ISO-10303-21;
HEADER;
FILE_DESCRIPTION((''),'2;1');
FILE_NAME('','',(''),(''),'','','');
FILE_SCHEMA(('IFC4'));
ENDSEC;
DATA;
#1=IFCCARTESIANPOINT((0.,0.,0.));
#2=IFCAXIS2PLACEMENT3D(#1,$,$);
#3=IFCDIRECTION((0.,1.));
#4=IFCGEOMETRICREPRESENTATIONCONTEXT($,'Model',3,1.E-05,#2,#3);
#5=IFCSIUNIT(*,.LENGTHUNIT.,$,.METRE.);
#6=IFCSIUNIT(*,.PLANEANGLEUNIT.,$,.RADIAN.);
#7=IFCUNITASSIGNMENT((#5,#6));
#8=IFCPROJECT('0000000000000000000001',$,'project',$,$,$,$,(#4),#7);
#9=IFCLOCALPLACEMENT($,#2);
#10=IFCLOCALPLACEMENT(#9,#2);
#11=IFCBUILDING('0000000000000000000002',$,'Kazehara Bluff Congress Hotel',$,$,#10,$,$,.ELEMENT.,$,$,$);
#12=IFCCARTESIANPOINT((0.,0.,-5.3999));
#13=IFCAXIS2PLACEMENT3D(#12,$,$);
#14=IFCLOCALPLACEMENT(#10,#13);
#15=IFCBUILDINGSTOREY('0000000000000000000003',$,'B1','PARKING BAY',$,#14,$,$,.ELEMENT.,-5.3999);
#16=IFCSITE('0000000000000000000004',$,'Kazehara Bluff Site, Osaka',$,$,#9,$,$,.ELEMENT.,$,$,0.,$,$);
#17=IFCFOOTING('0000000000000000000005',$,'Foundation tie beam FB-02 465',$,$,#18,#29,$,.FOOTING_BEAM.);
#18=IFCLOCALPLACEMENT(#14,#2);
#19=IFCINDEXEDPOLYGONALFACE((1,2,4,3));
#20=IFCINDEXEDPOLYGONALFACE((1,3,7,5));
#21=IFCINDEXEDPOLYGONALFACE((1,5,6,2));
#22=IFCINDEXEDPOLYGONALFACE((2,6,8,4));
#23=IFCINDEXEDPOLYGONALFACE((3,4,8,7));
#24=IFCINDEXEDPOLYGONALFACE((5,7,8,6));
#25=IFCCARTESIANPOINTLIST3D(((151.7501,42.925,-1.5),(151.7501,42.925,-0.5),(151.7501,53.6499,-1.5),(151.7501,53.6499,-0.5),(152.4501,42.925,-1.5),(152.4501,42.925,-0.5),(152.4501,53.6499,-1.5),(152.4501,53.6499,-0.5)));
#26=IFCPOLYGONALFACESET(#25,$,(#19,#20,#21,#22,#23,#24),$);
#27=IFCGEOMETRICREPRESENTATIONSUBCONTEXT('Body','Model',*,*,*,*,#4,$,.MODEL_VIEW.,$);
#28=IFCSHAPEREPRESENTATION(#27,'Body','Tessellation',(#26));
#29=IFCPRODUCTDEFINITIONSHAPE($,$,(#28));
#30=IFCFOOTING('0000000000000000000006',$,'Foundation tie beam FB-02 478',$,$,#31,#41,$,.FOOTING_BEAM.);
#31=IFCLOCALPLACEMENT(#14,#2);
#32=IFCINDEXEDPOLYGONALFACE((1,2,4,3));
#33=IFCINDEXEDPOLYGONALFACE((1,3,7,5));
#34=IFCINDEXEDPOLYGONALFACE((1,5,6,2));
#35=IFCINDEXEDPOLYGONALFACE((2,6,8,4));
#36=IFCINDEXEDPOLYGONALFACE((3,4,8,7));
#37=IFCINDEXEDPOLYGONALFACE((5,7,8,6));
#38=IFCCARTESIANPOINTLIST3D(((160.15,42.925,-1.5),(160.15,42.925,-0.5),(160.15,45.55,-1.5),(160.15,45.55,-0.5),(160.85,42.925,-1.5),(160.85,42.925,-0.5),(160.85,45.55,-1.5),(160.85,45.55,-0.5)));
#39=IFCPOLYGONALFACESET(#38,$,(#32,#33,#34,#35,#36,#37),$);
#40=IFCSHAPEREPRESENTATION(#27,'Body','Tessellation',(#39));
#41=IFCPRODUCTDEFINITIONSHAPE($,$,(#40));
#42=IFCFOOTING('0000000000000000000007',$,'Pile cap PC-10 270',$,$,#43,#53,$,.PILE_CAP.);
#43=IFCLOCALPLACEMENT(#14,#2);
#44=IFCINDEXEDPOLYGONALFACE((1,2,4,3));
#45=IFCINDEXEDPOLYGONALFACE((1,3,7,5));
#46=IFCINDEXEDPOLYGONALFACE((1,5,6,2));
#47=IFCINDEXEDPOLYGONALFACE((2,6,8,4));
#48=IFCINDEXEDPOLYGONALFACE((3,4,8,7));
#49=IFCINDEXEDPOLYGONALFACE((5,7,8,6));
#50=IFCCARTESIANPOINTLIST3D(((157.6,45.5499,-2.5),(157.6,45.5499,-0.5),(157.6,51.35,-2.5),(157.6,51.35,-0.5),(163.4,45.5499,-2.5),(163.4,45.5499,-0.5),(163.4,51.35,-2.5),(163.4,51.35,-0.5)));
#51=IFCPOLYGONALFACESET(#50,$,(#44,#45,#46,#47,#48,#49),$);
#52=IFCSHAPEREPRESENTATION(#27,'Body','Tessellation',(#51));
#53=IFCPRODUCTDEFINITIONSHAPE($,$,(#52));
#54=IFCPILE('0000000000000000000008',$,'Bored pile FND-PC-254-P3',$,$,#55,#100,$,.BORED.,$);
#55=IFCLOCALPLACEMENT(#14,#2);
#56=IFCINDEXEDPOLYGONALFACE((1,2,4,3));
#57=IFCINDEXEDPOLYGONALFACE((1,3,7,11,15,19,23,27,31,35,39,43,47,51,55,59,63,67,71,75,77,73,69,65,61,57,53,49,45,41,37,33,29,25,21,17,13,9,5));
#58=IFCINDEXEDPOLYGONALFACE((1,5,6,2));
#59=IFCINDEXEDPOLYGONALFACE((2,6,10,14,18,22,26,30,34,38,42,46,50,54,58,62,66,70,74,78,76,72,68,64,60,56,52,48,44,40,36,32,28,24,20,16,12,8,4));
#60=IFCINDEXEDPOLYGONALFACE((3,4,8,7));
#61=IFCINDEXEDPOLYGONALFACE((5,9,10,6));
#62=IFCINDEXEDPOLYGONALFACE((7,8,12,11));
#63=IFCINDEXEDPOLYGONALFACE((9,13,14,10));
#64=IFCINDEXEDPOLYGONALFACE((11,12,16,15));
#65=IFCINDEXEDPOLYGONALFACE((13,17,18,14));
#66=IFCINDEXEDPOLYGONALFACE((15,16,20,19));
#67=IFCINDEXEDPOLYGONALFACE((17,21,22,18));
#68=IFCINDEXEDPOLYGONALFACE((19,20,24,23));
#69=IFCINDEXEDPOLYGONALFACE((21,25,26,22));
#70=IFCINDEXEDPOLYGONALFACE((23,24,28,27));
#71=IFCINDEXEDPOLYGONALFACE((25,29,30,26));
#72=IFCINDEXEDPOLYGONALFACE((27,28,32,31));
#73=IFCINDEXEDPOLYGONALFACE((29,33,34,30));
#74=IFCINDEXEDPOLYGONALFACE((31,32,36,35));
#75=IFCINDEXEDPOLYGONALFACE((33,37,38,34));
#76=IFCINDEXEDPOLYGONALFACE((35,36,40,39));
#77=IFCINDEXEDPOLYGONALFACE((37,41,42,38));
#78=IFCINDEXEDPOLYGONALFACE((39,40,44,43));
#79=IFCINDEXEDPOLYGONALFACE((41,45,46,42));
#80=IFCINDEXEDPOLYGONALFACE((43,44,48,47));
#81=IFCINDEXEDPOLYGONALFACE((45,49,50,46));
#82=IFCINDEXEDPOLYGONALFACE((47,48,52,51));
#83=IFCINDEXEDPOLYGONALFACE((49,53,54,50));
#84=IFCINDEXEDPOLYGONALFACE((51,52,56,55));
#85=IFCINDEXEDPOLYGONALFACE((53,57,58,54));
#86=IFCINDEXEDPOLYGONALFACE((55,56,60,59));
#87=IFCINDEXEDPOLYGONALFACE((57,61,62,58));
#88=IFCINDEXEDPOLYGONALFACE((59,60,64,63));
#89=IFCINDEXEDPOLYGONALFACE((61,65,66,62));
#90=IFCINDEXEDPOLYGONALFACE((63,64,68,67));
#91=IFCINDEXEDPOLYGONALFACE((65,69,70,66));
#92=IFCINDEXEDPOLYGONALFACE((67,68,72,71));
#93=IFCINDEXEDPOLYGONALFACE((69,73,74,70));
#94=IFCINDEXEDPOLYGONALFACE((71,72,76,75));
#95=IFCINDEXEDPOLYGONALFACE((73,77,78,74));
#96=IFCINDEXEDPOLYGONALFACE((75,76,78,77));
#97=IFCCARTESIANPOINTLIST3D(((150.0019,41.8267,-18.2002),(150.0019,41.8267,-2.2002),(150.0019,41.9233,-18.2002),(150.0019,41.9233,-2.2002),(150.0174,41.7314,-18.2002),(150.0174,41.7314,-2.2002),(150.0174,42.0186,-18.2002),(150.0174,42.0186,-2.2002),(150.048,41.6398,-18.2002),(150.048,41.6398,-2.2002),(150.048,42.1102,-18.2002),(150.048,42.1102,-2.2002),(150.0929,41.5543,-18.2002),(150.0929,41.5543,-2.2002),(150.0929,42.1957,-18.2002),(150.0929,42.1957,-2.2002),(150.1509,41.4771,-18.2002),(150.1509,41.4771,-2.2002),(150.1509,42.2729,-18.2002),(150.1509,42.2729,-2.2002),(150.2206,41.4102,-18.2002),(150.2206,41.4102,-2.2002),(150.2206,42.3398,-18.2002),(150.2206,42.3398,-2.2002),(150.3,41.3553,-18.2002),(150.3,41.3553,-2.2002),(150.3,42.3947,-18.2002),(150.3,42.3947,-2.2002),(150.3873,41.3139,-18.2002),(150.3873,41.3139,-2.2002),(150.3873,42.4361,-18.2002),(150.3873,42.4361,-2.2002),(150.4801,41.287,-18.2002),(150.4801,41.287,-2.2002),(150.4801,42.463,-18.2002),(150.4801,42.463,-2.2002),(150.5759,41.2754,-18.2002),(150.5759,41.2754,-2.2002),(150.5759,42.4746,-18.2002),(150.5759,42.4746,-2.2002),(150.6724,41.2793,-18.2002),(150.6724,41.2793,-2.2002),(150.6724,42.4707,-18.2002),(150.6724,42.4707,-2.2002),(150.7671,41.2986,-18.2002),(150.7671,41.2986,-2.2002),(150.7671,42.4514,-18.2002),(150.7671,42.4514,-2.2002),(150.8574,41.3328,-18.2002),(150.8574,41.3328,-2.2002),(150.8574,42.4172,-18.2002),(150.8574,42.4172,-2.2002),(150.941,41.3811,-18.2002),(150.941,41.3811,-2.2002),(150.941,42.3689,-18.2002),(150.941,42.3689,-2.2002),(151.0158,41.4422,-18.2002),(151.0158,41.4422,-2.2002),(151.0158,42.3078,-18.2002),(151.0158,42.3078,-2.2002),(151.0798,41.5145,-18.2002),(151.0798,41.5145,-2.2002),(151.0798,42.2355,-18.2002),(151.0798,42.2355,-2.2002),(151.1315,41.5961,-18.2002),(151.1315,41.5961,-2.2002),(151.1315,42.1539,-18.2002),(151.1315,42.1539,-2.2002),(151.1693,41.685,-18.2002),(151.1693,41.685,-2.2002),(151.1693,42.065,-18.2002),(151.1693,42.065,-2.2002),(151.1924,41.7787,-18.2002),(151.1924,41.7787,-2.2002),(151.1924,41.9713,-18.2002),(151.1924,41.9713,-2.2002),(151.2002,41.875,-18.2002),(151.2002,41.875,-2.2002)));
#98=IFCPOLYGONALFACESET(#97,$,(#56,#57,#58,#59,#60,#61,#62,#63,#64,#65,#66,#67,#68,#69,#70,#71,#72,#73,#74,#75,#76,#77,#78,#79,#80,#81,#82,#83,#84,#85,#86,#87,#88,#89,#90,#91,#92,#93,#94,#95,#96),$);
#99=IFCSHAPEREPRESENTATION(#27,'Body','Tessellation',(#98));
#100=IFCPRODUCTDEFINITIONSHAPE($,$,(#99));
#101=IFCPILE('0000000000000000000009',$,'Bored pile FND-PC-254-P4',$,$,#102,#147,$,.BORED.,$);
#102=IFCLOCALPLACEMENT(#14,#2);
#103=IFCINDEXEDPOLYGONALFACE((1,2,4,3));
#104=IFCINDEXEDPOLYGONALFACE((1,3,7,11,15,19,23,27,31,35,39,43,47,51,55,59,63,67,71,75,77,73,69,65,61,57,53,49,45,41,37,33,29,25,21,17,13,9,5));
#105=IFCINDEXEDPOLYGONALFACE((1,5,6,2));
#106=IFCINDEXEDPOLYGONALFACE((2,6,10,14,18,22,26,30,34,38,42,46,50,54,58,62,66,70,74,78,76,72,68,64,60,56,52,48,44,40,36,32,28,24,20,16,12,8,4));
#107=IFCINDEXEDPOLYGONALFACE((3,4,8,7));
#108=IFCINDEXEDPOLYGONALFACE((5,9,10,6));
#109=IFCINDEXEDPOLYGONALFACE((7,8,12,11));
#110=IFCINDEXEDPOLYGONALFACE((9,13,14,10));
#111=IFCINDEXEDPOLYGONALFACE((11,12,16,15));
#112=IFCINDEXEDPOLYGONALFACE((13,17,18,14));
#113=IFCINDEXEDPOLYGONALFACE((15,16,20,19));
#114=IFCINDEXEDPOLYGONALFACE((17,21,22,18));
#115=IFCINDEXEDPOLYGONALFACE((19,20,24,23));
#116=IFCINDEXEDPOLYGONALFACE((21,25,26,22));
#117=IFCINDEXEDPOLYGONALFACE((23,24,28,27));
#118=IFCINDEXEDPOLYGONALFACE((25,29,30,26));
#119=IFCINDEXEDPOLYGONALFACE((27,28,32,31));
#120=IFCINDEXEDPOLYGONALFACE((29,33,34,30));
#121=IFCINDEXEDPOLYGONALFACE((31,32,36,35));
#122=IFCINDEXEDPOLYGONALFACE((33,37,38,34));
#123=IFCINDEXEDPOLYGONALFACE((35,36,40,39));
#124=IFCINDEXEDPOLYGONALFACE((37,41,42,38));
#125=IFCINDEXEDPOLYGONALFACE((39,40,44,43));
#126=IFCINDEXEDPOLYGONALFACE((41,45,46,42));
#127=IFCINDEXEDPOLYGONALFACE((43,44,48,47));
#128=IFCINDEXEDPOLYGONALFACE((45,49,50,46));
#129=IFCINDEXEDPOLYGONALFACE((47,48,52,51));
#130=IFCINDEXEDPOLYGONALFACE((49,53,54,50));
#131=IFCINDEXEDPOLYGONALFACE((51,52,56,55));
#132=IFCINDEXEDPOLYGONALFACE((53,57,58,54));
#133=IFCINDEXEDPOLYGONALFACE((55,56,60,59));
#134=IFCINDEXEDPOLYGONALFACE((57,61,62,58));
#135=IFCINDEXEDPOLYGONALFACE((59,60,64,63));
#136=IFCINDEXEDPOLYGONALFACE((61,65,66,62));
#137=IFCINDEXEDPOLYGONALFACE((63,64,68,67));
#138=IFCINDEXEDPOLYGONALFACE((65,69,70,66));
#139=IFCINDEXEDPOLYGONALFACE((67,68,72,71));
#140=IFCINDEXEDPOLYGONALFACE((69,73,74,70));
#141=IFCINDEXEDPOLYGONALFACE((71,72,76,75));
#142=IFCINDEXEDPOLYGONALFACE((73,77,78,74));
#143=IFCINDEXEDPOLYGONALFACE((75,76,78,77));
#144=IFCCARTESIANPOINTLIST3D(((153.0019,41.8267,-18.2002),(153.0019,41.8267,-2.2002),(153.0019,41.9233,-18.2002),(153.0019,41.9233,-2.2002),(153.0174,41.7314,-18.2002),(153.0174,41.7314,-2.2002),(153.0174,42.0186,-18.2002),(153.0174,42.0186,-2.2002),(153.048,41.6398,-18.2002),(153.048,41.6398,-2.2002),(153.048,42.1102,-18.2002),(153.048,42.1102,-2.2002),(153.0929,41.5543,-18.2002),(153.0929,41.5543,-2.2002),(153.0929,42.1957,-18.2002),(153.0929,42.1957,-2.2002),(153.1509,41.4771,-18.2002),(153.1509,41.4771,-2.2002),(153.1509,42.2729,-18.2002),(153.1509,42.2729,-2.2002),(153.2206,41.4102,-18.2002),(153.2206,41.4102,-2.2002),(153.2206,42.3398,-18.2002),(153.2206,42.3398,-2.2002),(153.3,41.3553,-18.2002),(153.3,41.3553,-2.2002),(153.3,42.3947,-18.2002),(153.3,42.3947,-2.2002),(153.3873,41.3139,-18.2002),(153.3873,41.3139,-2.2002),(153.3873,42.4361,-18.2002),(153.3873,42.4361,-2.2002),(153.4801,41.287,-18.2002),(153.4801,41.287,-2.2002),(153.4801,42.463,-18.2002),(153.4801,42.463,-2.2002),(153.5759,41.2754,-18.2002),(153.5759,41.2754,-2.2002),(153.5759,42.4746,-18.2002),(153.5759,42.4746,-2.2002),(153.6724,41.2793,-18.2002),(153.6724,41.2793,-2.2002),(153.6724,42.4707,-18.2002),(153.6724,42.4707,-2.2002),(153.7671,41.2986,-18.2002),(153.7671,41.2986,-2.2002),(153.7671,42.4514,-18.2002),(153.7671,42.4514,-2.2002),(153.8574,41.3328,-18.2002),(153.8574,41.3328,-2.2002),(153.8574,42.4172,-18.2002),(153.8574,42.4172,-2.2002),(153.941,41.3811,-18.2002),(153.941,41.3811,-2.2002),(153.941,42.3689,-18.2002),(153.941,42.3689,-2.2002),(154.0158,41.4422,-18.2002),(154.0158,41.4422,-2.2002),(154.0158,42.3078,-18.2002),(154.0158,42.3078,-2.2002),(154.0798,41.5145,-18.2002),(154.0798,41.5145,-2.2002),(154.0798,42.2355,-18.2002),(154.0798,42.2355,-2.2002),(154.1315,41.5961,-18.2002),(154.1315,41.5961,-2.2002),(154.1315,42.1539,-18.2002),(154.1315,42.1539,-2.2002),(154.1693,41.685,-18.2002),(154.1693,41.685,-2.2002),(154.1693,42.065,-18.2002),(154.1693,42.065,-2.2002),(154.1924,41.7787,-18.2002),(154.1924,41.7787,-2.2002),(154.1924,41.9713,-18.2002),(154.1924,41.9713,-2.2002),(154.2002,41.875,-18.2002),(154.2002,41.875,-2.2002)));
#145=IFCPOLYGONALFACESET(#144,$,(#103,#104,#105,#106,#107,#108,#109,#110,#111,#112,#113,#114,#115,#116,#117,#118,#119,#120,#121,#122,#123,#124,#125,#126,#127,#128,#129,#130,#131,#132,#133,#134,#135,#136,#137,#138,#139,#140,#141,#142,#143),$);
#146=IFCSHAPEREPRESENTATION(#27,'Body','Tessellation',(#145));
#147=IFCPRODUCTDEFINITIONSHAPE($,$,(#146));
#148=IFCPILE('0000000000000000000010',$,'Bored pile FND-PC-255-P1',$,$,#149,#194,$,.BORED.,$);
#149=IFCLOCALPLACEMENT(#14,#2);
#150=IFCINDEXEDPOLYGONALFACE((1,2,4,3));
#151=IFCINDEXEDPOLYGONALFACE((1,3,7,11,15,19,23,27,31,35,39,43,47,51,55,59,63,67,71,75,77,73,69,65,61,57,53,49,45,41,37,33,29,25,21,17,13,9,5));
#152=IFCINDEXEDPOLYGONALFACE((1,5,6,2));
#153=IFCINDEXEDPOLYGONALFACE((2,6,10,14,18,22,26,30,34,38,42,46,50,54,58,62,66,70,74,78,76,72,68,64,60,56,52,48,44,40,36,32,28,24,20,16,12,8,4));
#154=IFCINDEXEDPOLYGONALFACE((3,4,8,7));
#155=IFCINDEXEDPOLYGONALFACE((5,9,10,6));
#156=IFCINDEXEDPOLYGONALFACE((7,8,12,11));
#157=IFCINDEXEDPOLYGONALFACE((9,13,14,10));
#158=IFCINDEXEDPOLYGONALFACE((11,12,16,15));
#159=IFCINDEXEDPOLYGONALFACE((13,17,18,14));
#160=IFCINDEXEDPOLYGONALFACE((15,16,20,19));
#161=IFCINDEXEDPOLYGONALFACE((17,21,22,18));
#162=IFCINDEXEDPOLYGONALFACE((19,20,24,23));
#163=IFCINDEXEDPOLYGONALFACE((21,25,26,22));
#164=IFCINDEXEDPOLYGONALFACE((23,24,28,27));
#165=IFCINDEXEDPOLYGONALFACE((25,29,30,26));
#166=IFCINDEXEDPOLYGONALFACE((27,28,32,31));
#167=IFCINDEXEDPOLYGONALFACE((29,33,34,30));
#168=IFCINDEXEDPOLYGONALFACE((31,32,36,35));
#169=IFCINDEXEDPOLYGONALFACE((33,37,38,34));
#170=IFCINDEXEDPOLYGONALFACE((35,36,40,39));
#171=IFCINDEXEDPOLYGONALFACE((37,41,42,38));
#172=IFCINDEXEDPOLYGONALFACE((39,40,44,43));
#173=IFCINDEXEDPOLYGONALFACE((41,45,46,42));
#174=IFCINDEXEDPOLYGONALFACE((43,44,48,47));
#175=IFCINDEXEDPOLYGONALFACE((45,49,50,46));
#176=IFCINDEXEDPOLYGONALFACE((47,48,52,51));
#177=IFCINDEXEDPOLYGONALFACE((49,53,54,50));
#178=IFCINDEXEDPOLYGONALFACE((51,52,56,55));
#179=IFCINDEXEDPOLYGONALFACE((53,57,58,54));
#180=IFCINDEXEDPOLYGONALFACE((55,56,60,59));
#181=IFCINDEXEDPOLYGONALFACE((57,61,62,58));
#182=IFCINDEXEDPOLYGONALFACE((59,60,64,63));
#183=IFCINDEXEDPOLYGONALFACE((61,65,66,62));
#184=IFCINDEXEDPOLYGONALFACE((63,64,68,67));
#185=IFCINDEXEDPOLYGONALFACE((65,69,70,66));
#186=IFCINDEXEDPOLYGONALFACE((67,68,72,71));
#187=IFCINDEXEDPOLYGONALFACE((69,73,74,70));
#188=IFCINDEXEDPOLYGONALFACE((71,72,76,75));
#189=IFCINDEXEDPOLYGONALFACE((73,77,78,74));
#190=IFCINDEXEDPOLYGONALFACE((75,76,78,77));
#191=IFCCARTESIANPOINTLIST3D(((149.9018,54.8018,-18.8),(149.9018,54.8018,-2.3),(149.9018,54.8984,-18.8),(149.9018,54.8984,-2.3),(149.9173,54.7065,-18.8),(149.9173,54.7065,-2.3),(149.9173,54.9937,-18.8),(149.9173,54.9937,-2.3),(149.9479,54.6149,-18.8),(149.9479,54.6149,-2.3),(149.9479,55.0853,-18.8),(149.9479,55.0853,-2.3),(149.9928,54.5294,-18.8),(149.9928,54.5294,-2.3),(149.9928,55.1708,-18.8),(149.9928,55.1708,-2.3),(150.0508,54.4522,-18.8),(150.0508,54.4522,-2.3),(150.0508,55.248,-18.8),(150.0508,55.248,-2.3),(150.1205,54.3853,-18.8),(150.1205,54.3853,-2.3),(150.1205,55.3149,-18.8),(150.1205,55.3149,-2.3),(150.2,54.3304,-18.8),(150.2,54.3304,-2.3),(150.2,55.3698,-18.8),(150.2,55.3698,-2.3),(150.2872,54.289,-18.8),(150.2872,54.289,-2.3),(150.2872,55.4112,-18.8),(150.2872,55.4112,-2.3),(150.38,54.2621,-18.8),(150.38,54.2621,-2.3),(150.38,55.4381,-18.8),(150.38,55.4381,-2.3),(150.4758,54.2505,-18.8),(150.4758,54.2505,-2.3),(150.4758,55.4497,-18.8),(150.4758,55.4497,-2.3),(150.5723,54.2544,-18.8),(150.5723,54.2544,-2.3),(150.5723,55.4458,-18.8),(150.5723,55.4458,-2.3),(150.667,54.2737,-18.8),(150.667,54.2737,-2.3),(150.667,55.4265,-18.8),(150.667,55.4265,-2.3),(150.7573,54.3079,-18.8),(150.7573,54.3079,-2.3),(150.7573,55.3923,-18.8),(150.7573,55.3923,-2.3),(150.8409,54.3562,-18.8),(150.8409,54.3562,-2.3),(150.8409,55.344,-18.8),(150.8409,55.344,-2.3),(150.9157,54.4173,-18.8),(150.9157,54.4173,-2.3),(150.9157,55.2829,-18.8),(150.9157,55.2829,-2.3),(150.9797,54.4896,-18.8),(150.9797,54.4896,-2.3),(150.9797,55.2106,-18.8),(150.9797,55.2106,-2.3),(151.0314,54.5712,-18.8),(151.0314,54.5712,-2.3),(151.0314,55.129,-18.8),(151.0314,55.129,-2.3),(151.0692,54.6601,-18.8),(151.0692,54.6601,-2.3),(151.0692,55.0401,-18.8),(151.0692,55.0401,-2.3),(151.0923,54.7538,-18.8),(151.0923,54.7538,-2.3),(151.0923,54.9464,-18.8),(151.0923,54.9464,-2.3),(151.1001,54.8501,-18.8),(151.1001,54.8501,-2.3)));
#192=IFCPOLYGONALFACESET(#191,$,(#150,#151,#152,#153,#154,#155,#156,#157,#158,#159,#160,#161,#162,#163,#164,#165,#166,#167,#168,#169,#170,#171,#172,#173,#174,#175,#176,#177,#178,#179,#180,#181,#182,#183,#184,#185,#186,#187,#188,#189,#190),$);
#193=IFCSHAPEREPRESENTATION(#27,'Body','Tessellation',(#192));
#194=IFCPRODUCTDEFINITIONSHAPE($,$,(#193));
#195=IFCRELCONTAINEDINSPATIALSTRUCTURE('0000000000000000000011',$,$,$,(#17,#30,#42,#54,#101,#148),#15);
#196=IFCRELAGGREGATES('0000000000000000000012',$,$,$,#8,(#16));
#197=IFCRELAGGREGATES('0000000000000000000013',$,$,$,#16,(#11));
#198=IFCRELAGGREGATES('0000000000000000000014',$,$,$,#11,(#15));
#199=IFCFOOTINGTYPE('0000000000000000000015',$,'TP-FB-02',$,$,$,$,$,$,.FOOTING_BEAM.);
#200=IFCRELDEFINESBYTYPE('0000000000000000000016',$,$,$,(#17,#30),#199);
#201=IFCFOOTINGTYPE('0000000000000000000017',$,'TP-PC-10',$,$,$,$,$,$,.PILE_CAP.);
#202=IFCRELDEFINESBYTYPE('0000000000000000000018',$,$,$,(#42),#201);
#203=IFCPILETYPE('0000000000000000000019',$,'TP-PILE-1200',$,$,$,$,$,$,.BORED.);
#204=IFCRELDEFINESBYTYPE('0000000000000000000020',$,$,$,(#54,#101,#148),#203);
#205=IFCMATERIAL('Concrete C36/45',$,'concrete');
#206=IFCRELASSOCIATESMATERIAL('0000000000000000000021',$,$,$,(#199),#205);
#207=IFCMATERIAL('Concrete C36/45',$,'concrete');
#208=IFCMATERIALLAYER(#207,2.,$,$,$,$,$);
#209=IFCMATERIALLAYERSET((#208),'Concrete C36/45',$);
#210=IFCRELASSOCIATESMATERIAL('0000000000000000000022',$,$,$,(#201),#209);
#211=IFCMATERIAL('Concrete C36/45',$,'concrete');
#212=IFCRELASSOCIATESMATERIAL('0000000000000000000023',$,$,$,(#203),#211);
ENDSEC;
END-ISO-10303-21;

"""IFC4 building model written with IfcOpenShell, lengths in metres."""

from ifc_helpers import new_model, si_unit, direction, frame, origin, origin_2d, place, context, subcontext, project, spatial, rectangle, circle, extrude, material, layer, layer_set, material_profile, profile_set, type_object, element, save


model = new_model("IFC4")

# Units and contexts
model_context = context("Model", 3, precision=1e-05, world=origin(), true_north=direction((0.0, 1.0)))
body_context = subcontext(model_context, "Body", "Model", "MODEL_VIEW")
ifc_project = project(units=[si_unit("LENGTHUNIT", "METRE"), si_unit("PLANEANGLEUNIT", "RADIAN")], contexts=[model_context])

# Site, building, storey
site_placement = place(None, origin())
site = spatial("IfcSite", under=ifc_project, at=site_placement, Name="Kazehara Bluff Site, Osaka", CompositionType="ELEMENT", RefElevation=0.0)
building_placement = place(site_placement, origin())
building = spatial("IfcBuilding", under=site, at=building_placement, Name="Kazehara Bluff Congress Hotel", CompositionType="ELEMENT")
storey_placement = place(building_placement, frame((0.0, 0.0, -5.3999)))
storey = spatial("IfcBuildingStorey", under=building, at=storey_placement, Name="B1", Description="PARKING BAY", CompositionType="ELEMENT", Elevation=-5.3999)

# Footings
ifc_material_1 = material(Name="Concrete C36/45", Category="concrete")
ifc_material_profile_1 = material_profile(ifc_material_1, rectangle(XDim=0.7, YDim=1.0, at=origin_2d()))
ifc_profile_set_1 = profile_set([ifc_material_profile_1], Name="Concrete C36/45")
footing_type_1 = type_object("IfcFootingType", Name="TP-FB-02", PredefinedType="FOOTING_BEAM", material=ifc_profile_set_1)
footing_1_placement = place(storey_placement, frame((152.1001, 42.925, -1.0), z_axis=(0.0, 1.0, 0.0), x_axis=(-1.0, 0.0, 0.0)))
element("IfcFooting", 1, at=footing_1_placement, inside=storey, type_object=footing_type_1, Name="Foundation tie beam FB-02 465", PredefinedType="FOOTING_BEAM", context=body_context, shape_type="SweptSolid", body=[
    extrude(rectangle(XDim=0.7, YDim=1.0, at=origin_2d()), origin(), (0.0, 0.0, 1.0), 10.7249),
])
footing_2_placement = place(storey_placement, frame((160.5, 42.925, -1.0), z_axis=(0.0, 1.0, 0.0), x_axis=(-1.0, 0.0, 0.0)))
element("IfcFooting", 2, at=footing_2_placement, inside=storey, type_object=footing_type_1, Name="Foundation tie beam FB-02 478", PredefinedType="FOOTING_BEAM", context=body_context, shape_type="SweptSolid", body=[
    extrude(rectangle(XDim=0.7, YDim=1.0, at=origin_2d()), origin(), (0.0, 0.0, 1.0), 2.625),
])
ifc_material_2 = material(Name="Concrete C36/45", Category="concrete")
ifc_layer_1 = layer(ifc_material_2, 2.0)
ifc_layer_set_1 = layer_set([ifc_layer_1], Name="Concrete C36/45")
footing_type_2 = type_object("IfcFootingType", Name="TP-PC-10", PredefinedType="PILE_CAP", material=ifc_layer_set_1)
footing_3_placement = place(storey_placement, frame((160.5, 48.45, -2.5), z_axis=(0.0, 0.0, 1.0), x_axis=(1.0, 0.0, 0.0)))
element("IfcFooting", 3, at=footing_3_placement, inside=storey, type_object=footing_type_2, Name="Pile cap PC-10 270", PredefinedType="PILE_CAP", context=body_context, shape_type="SweptSolid", body=[
    extrude(rectangle(XDim=5.8, YDim=5.8, at=origin_2d()), origin(), (0.0, 0.0, 1.0), 2.0),
])

# Piles
ifc_material_3 = material(Name="Concrete C36/45", Category="concrete")
ifc_material_profile_2 = material_profile(ifc_material_3, circle(Radius=0.6001, at=origin_2d()))
ifc_profile_set_2 = profile_set([ifc_material_profile_2], Name="Concrete C36/45")
pile_type_1 = type_object("IfcPileType", Name="TP-PILE-1200", PredefinedType="BORED", material=ifc_profile_set_2)
for number, where, z_axis, x_axis, name in (
    (4, (150.6001, 41.875, -2.2002), (0.0, 0.0, -1.0), (1.0, 0.0, 0.0), "Bored pile FND-PC-254-P3"),
    (5, (153.6001, 41.875, -2.2002), (0.0, 0.0, -1.0), (1.0, 0.0, 0.0), "Bored pile FND-PC-254-P4"),
):
    element("IfcPile", number, at=place(storey_placement, frame(where, z_axis=z_axis, x_axis=x_axis)), inside=storey, type_object=pile_type_1, Name=name, PredefinedType="BORED", context=body_context, shape_type="SweptSolid", body=[
        extrude(circle(Radius=0.6001, at=origin_2d()), origin(), (0.0, 0.0, 1.0), 16.0),
    ])
for number, where, z_axis, x_axis, name in (
    (6, (150.5, 54.8501, -2.3), (0.0, 0.0, -1.0), (1.0, 0.0, 0.0), "Bored pile FND-PC-255-P1"),
):
    element("IfcPile", number, at=place(storey_placement, frame(where, z_axis=z_axis, x_axis=x_axis)), inside=storey, type_object=pile_type_1, Name=name, PredefinedType="BORED", context=body_context, shape_type="SweptSolid", body=[
        extrude(circle(Radius=0.6001, at=origin_2d()), origin(), (0.0, 0.0, 1.0), 16.5),
    ])

save(model, "model.ifc")
